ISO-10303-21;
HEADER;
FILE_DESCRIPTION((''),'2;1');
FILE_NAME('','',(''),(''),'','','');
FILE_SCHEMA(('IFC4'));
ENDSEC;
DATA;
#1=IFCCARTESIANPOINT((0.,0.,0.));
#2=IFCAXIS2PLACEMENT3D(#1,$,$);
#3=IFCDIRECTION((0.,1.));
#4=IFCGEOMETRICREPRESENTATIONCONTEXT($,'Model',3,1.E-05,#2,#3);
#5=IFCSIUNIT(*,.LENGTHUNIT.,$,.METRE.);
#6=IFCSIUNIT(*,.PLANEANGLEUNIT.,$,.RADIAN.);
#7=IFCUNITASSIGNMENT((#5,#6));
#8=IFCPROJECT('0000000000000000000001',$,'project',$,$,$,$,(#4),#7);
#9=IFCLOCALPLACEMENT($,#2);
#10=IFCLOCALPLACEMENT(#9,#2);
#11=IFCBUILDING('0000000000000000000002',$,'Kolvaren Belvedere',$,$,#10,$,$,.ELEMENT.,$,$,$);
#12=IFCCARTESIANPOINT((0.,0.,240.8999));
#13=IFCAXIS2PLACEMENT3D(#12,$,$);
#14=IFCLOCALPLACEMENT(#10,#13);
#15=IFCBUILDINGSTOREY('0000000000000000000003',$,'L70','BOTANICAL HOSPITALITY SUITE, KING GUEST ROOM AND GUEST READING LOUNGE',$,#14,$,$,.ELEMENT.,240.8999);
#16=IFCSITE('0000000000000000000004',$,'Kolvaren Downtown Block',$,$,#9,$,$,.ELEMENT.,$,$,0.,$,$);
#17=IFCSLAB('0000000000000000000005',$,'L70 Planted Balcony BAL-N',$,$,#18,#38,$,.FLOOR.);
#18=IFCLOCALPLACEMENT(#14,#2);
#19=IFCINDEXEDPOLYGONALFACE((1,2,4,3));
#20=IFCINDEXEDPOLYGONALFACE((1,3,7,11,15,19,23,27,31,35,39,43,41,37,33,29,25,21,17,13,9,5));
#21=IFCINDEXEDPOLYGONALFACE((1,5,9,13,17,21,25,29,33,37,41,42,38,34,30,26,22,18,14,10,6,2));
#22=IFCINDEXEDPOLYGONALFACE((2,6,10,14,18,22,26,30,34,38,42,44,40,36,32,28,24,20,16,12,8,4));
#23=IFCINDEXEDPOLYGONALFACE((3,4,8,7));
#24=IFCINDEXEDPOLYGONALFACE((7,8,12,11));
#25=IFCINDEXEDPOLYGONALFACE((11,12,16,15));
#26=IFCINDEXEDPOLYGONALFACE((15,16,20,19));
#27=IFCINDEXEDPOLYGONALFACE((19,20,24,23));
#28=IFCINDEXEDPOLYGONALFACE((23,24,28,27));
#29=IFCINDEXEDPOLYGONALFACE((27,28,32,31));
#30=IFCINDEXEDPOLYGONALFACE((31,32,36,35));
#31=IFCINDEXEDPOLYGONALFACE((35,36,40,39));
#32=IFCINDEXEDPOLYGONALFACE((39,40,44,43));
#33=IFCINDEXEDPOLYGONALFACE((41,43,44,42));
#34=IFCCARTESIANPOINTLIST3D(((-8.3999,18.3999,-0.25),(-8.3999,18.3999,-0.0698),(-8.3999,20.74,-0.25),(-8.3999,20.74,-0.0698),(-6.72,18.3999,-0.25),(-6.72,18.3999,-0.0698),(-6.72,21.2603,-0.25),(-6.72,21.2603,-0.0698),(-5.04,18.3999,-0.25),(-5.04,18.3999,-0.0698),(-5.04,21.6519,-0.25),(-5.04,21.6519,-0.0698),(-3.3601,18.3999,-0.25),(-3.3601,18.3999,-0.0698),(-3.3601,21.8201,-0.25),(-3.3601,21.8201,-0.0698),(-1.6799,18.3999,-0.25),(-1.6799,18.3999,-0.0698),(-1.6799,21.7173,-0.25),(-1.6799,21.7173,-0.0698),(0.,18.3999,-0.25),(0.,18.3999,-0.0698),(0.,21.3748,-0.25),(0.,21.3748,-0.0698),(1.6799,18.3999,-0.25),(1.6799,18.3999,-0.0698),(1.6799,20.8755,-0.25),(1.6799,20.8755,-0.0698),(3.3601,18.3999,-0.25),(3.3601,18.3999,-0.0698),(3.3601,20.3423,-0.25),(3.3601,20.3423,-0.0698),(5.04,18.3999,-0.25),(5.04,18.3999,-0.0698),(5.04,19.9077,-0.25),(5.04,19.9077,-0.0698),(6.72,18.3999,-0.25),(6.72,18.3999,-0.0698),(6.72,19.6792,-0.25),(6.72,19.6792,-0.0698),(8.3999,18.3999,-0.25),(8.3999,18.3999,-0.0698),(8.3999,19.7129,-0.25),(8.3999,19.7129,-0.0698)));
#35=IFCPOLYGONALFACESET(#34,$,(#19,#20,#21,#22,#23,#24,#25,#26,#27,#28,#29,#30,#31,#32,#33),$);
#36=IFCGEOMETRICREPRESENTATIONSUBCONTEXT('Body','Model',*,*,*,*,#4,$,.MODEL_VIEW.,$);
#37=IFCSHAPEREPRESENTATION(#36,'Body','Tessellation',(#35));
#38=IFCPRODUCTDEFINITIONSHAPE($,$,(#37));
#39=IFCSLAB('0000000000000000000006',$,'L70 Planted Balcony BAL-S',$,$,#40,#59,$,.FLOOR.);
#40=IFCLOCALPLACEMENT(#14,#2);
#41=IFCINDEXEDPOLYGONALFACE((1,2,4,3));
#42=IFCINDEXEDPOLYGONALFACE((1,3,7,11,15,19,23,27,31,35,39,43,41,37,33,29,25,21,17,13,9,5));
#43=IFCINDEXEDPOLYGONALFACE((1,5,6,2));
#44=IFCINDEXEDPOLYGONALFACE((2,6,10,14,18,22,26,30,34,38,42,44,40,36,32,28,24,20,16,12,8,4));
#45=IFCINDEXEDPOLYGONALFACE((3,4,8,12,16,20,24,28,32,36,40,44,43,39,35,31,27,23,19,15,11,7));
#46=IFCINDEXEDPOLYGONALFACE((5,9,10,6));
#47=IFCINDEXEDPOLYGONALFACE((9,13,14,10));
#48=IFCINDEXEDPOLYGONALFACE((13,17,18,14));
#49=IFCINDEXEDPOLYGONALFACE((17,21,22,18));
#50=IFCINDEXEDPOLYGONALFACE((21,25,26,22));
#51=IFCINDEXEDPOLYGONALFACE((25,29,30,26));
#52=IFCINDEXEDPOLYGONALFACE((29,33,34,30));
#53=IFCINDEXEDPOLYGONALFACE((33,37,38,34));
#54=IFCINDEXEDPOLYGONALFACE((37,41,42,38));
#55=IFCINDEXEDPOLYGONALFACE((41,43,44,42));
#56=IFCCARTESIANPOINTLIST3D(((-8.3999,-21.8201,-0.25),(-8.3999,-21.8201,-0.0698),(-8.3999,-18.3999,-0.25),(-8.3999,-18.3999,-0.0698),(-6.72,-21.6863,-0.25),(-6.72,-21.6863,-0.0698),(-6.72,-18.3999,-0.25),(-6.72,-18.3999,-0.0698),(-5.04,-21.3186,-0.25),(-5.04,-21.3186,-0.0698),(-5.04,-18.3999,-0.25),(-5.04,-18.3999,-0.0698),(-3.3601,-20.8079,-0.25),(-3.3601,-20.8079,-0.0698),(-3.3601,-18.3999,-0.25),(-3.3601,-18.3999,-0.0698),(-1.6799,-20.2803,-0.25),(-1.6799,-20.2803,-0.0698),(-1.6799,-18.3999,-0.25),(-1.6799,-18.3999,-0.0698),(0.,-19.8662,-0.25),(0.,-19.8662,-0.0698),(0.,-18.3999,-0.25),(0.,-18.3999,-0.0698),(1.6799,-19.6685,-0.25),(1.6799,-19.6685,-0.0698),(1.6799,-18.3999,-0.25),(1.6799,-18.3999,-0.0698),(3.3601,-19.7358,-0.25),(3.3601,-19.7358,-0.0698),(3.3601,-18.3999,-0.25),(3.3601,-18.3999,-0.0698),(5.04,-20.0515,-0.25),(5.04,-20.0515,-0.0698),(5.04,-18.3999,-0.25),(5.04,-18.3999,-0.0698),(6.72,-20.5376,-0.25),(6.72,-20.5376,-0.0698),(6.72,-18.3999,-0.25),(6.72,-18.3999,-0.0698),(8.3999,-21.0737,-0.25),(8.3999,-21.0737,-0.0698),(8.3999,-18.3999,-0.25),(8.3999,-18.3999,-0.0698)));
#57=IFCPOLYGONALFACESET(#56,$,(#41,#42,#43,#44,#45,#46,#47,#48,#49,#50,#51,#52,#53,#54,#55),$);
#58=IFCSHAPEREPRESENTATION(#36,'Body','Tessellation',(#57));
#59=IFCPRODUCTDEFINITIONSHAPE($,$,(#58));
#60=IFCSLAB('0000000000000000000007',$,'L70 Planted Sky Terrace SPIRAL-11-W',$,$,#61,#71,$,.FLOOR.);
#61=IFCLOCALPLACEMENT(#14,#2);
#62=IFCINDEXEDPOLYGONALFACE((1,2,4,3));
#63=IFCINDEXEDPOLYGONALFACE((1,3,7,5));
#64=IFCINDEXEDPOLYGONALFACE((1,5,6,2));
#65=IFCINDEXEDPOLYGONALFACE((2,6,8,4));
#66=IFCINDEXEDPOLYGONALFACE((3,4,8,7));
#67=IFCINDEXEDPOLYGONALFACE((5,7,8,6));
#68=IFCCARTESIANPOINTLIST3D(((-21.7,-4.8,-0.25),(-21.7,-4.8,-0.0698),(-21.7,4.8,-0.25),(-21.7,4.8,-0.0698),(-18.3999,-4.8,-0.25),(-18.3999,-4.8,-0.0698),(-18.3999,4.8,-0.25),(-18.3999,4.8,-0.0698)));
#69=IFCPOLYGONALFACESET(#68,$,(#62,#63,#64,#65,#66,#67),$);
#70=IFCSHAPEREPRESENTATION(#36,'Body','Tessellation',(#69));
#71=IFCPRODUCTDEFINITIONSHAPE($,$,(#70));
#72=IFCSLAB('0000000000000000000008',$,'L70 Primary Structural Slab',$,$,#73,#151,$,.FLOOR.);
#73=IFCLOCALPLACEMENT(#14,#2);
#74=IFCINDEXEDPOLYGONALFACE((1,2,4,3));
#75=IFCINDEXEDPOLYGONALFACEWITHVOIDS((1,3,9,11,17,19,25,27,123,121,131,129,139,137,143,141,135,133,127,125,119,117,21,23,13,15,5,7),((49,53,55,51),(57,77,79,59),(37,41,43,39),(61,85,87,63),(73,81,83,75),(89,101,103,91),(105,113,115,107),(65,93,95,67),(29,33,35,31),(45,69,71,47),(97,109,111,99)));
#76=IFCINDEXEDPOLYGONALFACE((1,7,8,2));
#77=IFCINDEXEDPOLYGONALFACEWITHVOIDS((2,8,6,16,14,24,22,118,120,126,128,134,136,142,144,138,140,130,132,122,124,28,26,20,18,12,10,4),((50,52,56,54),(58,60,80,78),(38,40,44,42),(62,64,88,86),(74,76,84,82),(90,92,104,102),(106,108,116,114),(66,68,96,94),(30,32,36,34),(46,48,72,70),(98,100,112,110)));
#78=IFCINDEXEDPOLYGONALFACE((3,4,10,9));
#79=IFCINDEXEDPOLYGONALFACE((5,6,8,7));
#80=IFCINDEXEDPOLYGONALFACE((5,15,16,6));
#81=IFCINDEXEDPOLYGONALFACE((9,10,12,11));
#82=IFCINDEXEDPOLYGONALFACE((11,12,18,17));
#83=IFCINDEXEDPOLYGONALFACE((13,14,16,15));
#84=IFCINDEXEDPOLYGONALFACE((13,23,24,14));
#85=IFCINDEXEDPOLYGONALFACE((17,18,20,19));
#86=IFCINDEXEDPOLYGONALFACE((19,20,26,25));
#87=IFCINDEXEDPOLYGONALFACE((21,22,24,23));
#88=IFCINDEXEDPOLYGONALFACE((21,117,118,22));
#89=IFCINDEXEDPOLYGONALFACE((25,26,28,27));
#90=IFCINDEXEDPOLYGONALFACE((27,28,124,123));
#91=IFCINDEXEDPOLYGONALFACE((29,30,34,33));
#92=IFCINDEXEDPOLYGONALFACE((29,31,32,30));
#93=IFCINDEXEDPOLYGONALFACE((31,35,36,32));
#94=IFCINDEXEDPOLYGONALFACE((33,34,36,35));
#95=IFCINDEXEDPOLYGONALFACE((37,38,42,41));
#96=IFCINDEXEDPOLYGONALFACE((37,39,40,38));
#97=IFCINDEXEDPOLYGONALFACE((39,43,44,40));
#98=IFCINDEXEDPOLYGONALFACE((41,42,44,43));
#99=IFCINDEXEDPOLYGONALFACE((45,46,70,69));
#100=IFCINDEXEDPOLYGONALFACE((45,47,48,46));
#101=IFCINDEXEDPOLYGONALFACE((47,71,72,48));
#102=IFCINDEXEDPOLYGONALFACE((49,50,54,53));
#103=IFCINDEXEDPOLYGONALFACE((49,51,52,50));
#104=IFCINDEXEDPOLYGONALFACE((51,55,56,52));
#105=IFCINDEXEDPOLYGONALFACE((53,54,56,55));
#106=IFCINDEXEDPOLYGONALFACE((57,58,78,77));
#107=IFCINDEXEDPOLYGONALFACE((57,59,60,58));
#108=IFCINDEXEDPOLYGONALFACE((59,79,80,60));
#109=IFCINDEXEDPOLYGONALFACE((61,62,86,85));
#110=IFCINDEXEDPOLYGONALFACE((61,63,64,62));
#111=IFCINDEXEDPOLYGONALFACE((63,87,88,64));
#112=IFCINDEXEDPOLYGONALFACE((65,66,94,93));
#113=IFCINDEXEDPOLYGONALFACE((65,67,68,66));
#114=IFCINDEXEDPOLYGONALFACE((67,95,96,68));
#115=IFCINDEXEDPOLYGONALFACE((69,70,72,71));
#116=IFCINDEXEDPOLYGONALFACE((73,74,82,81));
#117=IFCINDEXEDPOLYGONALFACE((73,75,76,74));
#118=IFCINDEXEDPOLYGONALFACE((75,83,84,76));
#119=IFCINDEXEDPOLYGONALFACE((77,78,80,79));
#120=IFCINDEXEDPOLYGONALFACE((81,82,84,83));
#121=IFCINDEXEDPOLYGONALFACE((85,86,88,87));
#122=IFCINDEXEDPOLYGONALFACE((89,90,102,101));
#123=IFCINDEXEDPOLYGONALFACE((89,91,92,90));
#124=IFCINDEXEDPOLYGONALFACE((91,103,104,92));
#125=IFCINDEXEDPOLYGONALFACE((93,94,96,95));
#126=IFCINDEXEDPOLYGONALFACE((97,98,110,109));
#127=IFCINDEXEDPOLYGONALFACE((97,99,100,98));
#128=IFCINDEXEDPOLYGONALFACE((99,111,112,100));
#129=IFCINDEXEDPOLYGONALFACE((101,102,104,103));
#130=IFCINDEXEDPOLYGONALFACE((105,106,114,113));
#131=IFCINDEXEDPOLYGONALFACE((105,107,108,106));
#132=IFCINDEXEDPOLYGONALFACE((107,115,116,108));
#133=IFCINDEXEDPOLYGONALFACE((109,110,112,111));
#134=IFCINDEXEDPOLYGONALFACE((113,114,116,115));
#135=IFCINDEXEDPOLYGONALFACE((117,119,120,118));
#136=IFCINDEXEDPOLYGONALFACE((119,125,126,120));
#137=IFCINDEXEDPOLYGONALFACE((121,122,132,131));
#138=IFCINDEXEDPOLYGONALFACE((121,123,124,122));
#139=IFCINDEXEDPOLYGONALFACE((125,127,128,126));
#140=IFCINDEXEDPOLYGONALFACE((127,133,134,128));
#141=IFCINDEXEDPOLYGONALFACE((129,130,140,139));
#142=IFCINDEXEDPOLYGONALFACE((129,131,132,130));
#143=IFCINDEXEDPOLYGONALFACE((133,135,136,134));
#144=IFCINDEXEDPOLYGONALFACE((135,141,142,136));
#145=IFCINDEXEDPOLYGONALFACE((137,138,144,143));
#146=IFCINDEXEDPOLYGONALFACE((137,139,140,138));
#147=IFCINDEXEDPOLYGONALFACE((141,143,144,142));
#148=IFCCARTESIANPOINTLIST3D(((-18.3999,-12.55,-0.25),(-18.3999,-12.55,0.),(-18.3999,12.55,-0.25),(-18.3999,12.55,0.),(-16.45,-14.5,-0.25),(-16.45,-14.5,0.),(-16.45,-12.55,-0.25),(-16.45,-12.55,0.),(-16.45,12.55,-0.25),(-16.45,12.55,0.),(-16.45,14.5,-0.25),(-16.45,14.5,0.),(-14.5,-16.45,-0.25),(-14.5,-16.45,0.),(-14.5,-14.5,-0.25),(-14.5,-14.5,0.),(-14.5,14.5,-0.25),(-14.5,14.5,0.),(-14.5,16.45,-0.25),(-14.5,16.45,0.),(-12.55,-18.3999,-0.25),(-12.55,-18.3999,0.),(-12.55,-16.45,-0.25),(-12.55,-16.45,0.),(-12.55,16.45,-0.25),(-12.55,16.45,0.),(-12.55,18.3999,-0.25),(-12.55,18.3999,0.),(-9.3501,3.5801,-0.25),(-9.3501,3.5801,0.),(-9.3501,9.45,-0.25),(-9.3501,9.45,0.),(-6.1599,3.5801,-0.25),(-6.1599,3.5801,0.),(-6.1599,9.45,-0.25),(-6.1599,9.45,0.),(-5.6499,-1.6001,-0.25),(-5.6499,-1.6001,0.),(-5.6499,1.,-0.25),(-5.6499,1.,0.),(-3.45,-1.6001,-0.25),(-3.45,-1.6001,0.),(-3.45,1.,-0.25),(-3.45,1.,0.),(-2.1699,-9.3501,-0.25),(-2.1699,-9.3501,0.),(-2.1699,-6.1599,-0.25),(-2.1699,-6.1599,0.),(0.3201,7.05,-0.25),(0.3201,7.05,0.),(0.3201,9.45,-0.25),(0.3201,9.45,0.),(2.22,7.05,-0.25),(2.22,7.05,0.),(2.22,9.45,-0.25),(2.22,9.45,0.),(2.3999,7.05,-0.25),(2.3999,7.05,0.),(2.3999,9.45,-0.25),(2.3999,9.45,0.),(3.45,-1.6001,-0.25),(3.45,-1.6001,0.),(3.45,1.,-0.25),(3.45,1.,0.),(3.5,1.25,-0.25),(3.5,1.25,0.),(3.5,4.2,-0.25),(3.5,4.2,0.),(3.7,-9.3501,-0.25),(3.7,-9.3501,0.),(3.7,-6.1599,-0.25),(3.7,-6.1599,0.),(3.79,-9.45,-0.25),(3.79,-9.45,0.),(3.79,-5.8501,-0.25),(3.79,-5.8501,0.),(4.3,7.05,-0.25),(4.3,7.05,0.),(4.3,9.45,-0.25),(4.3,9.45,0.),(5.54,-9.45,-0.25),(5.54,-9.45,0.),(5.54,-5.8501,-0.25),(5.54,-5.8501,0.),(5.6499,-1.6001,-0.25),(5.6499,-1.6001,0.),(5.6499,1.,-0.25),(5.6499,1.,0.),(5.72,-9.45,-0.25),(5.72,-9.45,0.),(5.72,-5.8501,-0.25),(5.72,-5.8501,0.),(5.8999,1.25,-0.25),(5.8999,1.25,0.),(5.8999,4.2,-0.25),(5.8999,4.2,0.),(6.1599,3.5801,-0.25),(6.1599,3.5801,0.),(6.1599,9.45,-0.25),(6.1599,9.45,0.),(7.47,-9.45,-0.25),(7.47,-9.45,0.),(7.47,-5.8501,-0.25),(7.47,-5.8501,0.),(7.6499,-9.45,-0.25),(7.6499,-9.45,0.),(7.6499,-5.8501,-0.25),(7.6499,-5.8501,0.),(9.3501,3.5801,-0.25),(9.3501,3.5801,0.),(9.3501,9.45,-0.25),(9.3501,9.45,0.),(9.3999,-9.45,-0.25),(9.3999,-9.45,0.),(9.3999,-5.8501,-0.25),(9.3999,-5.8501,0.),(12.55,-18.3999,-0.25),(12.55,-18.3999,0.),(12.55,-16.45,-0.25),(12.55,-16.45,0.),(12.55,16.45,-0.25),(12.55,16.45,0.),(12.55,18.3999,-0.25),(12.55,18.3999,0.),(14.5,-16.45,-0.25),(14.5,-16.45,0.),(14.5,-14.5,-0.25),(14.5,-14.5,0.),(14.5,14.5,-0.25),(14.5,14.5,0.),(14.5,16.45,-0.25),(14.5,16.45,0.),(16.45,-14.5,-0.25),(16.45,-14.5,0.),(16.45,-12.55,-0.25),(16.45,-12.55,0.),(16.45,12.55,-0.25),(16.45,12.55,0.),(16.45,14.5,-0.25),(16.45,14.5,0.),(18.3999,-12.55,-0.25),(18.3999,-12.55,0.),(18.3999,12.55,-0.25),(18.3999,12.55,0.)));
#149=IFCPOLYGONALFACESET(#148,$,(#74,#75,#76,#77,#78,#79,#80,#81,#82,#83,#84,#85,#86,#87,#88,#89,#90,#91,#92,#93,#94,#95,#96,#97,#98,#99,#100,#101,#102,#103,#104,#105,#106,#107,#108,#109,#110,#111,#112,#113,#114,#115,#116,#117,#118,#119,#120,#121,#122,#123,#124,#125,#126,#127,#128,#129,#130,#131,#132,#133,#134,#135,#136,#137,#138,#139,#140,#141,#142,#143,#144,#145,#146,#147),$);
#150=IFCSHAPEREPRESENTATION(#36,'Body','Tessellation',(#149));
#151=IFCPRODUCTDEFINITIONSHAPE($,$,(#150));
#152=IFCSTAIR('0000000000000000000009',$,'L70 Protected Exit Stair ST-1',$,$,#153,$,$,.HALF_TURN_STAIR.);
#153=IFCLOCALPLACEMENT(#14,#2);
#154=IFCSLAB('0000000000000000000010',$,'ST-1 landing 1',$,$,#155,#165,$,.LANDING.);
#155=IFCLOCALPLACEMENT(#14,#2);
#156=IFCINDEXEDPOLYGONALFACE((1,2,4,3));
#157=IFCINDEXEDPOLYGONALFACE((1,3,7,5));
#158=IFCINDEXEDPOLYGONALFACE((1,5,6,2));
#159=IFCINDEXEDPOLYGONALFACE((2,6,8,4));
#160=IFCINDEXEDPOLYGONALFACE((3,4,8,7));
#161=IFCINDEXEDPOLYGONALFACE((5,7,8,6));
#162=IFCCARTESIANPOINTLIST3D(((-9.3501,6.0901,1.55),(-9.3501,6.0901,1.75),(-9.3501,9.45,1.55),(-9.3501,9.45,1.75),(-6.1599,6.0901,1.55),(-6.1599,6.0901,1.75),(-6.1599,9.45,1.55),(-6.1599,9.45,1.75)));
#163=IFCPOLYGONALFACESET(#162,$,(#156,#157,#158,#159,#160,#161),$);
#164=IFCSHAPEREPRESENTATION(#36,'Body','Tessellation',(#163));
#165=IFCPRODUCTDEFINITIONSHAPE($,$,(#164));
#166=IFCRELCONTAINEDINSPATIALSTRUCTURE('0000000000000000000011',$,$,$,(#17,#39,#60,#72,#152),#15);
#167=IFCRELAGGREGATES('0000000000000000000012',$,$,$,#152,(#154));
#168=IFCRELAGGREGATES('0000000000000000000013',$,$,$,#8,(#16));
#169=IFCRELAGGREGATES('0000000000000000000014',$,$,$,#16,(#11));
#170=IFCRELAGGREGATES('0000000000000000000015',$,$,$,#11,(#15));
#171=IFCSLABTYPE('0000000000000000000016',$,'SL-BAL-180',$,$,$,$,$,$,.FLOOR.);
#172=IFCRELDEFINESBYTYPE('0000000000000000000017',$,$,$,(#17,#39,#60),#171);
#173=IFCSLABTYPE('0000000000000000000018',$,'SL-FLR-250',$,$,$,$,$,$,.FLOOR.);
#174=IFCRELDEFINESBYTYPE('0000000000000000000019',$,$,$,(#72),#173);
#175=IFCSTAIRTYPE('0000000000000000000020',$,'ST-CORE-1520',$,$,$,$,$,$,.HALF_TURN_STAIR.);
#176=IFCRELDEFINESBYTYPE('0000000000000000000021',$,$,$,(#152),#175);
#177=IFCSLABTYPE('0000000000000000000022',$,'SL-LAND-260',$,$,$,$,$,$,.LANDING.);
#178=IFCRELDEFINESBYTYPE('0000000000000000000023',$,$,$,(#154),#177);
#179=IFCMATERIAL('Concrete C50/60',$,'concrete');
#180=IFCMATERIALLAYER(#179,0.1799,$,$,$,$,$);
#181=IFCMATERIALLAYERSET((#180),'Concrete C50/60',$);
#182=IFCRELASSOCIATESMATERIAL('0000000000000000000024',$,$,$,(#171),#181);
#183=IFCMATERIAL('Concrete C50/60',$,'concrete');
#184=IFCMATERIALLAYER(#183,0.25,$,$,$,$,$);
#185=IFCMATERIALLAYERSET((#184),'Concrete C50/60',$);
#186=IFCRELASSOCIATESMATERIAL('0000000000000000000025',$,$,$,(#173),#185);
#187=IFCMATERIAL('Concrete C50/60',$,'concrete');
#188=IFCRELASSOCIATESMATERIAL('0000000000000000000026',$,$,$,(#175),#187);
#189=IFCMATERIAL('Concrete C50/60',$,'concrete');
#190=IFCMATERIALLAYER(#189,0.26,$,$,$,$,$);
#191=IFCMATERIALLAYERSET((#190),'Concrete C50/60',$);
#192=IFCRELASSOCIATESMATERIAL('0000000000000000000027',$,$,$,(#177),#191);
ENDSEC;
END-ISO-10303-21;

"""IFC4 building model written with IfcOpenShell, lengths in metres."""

from ifc_helpers import new_model, si_unit, direction, frame, origin, place, context, subcontext, project, spatial, polyline, outline, extrude, material, layer, layer_set, type_object, element, aggregate, save


model = new_model("IFC4")

# Units and contexts
model_context = context("Model", 3, precision=1e-05, world=origin(), true_north=direction((0.0, 1.0)))
body_context = subcontext(model_context, "Body", "Model", "MODEL_VIEW")
ifc_project = project(units=[si_unit("LENGTHUNIT", "METRE"), si_unit("PLANEANGLEUNIT", "RADIAN")], contexts=[model_context])

# Site, building, storey
site_placement = place(None, origin())
site = spatial("IfcSite", under=ifc_project, at=site_placement, Name="Kolvaren Downtown Block", CompositionType="ELEMENT", RefElevation=0.0)
building_placement = place(site_placement, origin())
building = spatial("IfcBuilding", under=site, at=building_placement, Name="Kolvaren Belvedere", CompositionType="ELEMENT")
storey_placement = place(building_placement, frame((0.0, 0.0, 240.8999)))
storey = spatial("IfcBuildingStorey", under=building, at=storey_placement, Name="L70", Description="BOTANICAL HOSPITALITY SUITE, KING GUEST ROOM AND GUEST READING LOUNGE", CompositionType="ELEMENT", Elevation=240.8999)

# Slabs
ifc_material_1 = material(Name="Concrete C50/60", Category="concrete")
ifc_layer_1 = layer(ifc_material_1, 0.1799)
ifc_layer_set_1 = layer_set([ifc_layer_1], Name="Concrete C50/60")
slab_type_1 = type_object("IfcSlabType", Name="SL-BAL-180", PredefinedType="FLOOR", material=ifc_layer_set_1)
slab_1_placement = place(storey_placement, frame((0.0, 0.0, -0.25)))
element("IfcSlab", 1, at=slab_1_placement, inside=storey, type_object=slab_type_1, Name="L70 Planted Balcony BAL-N", PredefinedType="FLOOR", context=body_context, shape_type="SweptSolid", body=[
    extrude(outline(polyline([(-8.3999, 18.3999), (-6.72, 18.3999), (-5.04, 18.3999), (-3.3601, 18.3999), (-1.6799, 18.3999), (0.0, 18.3999), (1.6799, 18.3999), (3.3601, 18.3999), (5.04, 18.3999), (6.72, 18.3999), (8.3999, 18.3999), (8.3999, 19.7129), (6.72, 19.6792), (5.04, 19.9077), (3.3601, 20.3423), (1.6799, 20.8755), (0.0, 21.3748), (-1.6799, 21.7173), (-3.3601, 21.8201), (-5.04, 21.6519), (-6.72, 21.2603), (-8.3999, 20.74), (-8.3999, 18.3999)])), origin(), (0.0, 0.0, 1.0), 0.1802),
])
slab_2_placement = place(storey_placement, frame((0.0, 0.0, -0.25)))
element("IfcSlab", 2, at=slab_2_placement, inside=storey, type_object=slab_type_1, Name="L70 Planted Balcony BAL-S", PredefinedType="FLOOR", context=body_context, shape_type="SweptSolid", body=[
    extrude(outline(polyline([(-8.3999, -21.8201), (-6.72, -21.6863), (-5.04, -21.3186), (-3.3601, -20.8079), (-1.6799, -20.2803), (0.0, -19.8662), (1.6799, -19.6685), (3.3601, -19.7358), (5.04, -20.0515), (6.72, -20.5376), (8.3999, -21.0737), (8.3999, -18.3999), (6.72, -18.3999), (5.04, -18.3999), (3.3601, -18.3999), (1.6799, -18.3999), (0.0, -18.3999), (-1.6799, -18.3999), (-3.3601, -18.3999), (-5.04, -18.3999), (-6.72, -18.3999), (-8.3999, -18.3999), (-8.3999, -21.8201)])), origin(), (0.0, 0.0, 1.0), 0.1802),
])
slab_3_placement = place(storey_placement, frame((0.0, 0.0, -0.25)))
element("IfcSlab", 3, at=slab_3_placement, inside=storey, type_object=slab_type_1, Name="L70 Planted Sky Terrace SPIRAL-11-W", PredefinedType="FLOOR", context=body_context, shape_type="SweptSolid", body=[
    extrude(outline(polyline([(-21.7, -4.8), (-18.3999, -4.8), (-18.3999, 4.8), (-21.7, 4.8), (-21.7, -4.8)])), origin(), (0.0, 0.0, 1.0), 0.1802),
])
ifc_material_2 = material(Name="Concrete C50/60", Category="concrete")
ifc_layer_2 = layer(ifc_material_2, 0.25)
ifc_layer_set_2 = layer_set([ifc_layer_2], Name="Concrete C50/60")
slab_type_2 = type_object("IfcSlabType", Name="SL-FLR-250", PredefinedType="FLOOR", material=ifc_layer_set_2)
slab_4_placement = place(storey_placement, frame((0.0, 0.0, -0.25)))
element("IfcSlab", 4, at=slab_4_placement, inside=storey, type_object=slab_type_2, Name="L70 Primary Structural Slab", PredefinedType="FLOOR", context=body_context, shape_type="SweptSolid", body=[
    extrude(outline(polyline([(-12.55, -18.3999), (12.55, -18.3999), (12.55, -16.45), (14.5, -16.45), (14.5, -14.5), (16.45, -14.5), (16.45, -12.55), (18.3999, -12.55), (18.3999, 12.55), (16.45, 12.55), (16.45, 14.5), (14.5, 14.5), (14.5, 16.45), (12.55, 16.45), (12.55, 18.3999), (-12.55, 18.3999), (-12.55, 16.45), (-14.5, 16.45), (-14.5, 14.5), (-16.45, 14.5), (-16.45, 12.55), (-18.3999, 12.55), (-18.3999, -12.55), (-16.45, -12.55), (-16.45, -14.5), (-14.5, -14.5), (-14.5, -16.45), (-12.55, -16.45), (-12.55, -18.3999)]), holes=[polyline([(-9.3501, 3.5801), (-6.1599, 3.5801), (-6.1599, 9.45), (-9.3501, 9.45), (-9.3501, 3.5801)]), polyline([(6.1599, 3.5801), (9.3501, 3.5801), (9.3501, 9.45), (6.1599, 9.45), (6.1599, 3.5801)]), polyline([(-2.1699, -9.3501), (3.7, -9.3501), (3.7, -6.1599), (-2.1699, -6.1599), (-2.1699, -9.3501)]), polyline([(-5.6499, -1.6001), (-3.45, -1.6001), (-3.45, 1.0), (-5.6499, 1.0), (-5.6499, -1.6001)]), polyline([(3.5, 1.25), (5.8999, 1.25), (5.8999, 4.2), (3.5, 4.2), (3.5, 1.25)]), polyline([(3.45, -1.6001), (5.6499, -1.6001), (5.6499, 1.0), (3.45, 1.0), (3.45, -1.6001)]), polyline([(3.79, -9.45), (5.54, -9.45), (5.54, -5.8501), (3.79, -5.8501), (3.79, -9.45)]), polyline([(5.72, -9.45), (7.47, -9.45), (7.47, -5.8501), (5.72, -5.8501), (5.72, -9.45)]), polyline([(7.6499, -9.45), (9.3999, -9.45), (9.3999, -5.8501), (7.6499, -5.8501), (7.6499, -9.45)]), polyline([(0.3201, 7.05), (2.22, 7.05), (2.22, 9.45), (0.3201, 9.45), (0.3201, 7.05)]), polyline([(2.3999, 7.05), (4.3, 7.05), (4.3, 9.45), (2.3999, 9.45), (2.3999, 7.05)])]), origin(), (0.0, 0.0, 1.0), 0.25),
])

# Stair, slab
ifc_material_3 = material(Name="Concrete C50/60", Category="concrete")
stair_type = type_object("IfcStairType", Name="ST-CORE-1520", PredefinedType="HALF_TURN_STAIR", material=ifc_material_3)
stair_1_placement = place(storey_placement, origin())
stair_1 = element("IfcStair", 5, at=stair_1_placement, inside=storey, type_object=stair_type, Name="L70 Protected Exit Stair ST-1", PredefinedType="HALF_TURN_STAIR")
ifc_material_4 = material(Name="Concrete C50/60", Category="concrete")
ifc_layer_3 = layer(ifc_material_4, 0.26)
ifc_layer_set_3 = layer_set([ifc_layer_3], Name="Concrete C50/60")
slab_type_3 = type_object("IfcSlabType", Name="SL-LAND-260", PredefinedType="LANDING", material=ifc_layer_set_3)
slab_5_placement = place(storey_placement, frame((0.0, 0.0, 1.55)))
slab_5 = element("IfcSlab", 6, at=slab_5_placement, type_object=slab_type_3, Name="ST-1 landing 1", PredefinedType="LANDING", context=body_context, shape_type="SweptSolid", body=[
    extrude(outline(polyline([(-6.1599, 6.0901), (-6.1599, 9.45), (-9.3501, 9.45), (-9.3501, 6.0901), (-6.1599, 6.0901)])), origin(), (0.0, 0.0, 1.0), 0.2),
])
aggregate(stair_1, [slab_5])

save(model, "model.ifc")
